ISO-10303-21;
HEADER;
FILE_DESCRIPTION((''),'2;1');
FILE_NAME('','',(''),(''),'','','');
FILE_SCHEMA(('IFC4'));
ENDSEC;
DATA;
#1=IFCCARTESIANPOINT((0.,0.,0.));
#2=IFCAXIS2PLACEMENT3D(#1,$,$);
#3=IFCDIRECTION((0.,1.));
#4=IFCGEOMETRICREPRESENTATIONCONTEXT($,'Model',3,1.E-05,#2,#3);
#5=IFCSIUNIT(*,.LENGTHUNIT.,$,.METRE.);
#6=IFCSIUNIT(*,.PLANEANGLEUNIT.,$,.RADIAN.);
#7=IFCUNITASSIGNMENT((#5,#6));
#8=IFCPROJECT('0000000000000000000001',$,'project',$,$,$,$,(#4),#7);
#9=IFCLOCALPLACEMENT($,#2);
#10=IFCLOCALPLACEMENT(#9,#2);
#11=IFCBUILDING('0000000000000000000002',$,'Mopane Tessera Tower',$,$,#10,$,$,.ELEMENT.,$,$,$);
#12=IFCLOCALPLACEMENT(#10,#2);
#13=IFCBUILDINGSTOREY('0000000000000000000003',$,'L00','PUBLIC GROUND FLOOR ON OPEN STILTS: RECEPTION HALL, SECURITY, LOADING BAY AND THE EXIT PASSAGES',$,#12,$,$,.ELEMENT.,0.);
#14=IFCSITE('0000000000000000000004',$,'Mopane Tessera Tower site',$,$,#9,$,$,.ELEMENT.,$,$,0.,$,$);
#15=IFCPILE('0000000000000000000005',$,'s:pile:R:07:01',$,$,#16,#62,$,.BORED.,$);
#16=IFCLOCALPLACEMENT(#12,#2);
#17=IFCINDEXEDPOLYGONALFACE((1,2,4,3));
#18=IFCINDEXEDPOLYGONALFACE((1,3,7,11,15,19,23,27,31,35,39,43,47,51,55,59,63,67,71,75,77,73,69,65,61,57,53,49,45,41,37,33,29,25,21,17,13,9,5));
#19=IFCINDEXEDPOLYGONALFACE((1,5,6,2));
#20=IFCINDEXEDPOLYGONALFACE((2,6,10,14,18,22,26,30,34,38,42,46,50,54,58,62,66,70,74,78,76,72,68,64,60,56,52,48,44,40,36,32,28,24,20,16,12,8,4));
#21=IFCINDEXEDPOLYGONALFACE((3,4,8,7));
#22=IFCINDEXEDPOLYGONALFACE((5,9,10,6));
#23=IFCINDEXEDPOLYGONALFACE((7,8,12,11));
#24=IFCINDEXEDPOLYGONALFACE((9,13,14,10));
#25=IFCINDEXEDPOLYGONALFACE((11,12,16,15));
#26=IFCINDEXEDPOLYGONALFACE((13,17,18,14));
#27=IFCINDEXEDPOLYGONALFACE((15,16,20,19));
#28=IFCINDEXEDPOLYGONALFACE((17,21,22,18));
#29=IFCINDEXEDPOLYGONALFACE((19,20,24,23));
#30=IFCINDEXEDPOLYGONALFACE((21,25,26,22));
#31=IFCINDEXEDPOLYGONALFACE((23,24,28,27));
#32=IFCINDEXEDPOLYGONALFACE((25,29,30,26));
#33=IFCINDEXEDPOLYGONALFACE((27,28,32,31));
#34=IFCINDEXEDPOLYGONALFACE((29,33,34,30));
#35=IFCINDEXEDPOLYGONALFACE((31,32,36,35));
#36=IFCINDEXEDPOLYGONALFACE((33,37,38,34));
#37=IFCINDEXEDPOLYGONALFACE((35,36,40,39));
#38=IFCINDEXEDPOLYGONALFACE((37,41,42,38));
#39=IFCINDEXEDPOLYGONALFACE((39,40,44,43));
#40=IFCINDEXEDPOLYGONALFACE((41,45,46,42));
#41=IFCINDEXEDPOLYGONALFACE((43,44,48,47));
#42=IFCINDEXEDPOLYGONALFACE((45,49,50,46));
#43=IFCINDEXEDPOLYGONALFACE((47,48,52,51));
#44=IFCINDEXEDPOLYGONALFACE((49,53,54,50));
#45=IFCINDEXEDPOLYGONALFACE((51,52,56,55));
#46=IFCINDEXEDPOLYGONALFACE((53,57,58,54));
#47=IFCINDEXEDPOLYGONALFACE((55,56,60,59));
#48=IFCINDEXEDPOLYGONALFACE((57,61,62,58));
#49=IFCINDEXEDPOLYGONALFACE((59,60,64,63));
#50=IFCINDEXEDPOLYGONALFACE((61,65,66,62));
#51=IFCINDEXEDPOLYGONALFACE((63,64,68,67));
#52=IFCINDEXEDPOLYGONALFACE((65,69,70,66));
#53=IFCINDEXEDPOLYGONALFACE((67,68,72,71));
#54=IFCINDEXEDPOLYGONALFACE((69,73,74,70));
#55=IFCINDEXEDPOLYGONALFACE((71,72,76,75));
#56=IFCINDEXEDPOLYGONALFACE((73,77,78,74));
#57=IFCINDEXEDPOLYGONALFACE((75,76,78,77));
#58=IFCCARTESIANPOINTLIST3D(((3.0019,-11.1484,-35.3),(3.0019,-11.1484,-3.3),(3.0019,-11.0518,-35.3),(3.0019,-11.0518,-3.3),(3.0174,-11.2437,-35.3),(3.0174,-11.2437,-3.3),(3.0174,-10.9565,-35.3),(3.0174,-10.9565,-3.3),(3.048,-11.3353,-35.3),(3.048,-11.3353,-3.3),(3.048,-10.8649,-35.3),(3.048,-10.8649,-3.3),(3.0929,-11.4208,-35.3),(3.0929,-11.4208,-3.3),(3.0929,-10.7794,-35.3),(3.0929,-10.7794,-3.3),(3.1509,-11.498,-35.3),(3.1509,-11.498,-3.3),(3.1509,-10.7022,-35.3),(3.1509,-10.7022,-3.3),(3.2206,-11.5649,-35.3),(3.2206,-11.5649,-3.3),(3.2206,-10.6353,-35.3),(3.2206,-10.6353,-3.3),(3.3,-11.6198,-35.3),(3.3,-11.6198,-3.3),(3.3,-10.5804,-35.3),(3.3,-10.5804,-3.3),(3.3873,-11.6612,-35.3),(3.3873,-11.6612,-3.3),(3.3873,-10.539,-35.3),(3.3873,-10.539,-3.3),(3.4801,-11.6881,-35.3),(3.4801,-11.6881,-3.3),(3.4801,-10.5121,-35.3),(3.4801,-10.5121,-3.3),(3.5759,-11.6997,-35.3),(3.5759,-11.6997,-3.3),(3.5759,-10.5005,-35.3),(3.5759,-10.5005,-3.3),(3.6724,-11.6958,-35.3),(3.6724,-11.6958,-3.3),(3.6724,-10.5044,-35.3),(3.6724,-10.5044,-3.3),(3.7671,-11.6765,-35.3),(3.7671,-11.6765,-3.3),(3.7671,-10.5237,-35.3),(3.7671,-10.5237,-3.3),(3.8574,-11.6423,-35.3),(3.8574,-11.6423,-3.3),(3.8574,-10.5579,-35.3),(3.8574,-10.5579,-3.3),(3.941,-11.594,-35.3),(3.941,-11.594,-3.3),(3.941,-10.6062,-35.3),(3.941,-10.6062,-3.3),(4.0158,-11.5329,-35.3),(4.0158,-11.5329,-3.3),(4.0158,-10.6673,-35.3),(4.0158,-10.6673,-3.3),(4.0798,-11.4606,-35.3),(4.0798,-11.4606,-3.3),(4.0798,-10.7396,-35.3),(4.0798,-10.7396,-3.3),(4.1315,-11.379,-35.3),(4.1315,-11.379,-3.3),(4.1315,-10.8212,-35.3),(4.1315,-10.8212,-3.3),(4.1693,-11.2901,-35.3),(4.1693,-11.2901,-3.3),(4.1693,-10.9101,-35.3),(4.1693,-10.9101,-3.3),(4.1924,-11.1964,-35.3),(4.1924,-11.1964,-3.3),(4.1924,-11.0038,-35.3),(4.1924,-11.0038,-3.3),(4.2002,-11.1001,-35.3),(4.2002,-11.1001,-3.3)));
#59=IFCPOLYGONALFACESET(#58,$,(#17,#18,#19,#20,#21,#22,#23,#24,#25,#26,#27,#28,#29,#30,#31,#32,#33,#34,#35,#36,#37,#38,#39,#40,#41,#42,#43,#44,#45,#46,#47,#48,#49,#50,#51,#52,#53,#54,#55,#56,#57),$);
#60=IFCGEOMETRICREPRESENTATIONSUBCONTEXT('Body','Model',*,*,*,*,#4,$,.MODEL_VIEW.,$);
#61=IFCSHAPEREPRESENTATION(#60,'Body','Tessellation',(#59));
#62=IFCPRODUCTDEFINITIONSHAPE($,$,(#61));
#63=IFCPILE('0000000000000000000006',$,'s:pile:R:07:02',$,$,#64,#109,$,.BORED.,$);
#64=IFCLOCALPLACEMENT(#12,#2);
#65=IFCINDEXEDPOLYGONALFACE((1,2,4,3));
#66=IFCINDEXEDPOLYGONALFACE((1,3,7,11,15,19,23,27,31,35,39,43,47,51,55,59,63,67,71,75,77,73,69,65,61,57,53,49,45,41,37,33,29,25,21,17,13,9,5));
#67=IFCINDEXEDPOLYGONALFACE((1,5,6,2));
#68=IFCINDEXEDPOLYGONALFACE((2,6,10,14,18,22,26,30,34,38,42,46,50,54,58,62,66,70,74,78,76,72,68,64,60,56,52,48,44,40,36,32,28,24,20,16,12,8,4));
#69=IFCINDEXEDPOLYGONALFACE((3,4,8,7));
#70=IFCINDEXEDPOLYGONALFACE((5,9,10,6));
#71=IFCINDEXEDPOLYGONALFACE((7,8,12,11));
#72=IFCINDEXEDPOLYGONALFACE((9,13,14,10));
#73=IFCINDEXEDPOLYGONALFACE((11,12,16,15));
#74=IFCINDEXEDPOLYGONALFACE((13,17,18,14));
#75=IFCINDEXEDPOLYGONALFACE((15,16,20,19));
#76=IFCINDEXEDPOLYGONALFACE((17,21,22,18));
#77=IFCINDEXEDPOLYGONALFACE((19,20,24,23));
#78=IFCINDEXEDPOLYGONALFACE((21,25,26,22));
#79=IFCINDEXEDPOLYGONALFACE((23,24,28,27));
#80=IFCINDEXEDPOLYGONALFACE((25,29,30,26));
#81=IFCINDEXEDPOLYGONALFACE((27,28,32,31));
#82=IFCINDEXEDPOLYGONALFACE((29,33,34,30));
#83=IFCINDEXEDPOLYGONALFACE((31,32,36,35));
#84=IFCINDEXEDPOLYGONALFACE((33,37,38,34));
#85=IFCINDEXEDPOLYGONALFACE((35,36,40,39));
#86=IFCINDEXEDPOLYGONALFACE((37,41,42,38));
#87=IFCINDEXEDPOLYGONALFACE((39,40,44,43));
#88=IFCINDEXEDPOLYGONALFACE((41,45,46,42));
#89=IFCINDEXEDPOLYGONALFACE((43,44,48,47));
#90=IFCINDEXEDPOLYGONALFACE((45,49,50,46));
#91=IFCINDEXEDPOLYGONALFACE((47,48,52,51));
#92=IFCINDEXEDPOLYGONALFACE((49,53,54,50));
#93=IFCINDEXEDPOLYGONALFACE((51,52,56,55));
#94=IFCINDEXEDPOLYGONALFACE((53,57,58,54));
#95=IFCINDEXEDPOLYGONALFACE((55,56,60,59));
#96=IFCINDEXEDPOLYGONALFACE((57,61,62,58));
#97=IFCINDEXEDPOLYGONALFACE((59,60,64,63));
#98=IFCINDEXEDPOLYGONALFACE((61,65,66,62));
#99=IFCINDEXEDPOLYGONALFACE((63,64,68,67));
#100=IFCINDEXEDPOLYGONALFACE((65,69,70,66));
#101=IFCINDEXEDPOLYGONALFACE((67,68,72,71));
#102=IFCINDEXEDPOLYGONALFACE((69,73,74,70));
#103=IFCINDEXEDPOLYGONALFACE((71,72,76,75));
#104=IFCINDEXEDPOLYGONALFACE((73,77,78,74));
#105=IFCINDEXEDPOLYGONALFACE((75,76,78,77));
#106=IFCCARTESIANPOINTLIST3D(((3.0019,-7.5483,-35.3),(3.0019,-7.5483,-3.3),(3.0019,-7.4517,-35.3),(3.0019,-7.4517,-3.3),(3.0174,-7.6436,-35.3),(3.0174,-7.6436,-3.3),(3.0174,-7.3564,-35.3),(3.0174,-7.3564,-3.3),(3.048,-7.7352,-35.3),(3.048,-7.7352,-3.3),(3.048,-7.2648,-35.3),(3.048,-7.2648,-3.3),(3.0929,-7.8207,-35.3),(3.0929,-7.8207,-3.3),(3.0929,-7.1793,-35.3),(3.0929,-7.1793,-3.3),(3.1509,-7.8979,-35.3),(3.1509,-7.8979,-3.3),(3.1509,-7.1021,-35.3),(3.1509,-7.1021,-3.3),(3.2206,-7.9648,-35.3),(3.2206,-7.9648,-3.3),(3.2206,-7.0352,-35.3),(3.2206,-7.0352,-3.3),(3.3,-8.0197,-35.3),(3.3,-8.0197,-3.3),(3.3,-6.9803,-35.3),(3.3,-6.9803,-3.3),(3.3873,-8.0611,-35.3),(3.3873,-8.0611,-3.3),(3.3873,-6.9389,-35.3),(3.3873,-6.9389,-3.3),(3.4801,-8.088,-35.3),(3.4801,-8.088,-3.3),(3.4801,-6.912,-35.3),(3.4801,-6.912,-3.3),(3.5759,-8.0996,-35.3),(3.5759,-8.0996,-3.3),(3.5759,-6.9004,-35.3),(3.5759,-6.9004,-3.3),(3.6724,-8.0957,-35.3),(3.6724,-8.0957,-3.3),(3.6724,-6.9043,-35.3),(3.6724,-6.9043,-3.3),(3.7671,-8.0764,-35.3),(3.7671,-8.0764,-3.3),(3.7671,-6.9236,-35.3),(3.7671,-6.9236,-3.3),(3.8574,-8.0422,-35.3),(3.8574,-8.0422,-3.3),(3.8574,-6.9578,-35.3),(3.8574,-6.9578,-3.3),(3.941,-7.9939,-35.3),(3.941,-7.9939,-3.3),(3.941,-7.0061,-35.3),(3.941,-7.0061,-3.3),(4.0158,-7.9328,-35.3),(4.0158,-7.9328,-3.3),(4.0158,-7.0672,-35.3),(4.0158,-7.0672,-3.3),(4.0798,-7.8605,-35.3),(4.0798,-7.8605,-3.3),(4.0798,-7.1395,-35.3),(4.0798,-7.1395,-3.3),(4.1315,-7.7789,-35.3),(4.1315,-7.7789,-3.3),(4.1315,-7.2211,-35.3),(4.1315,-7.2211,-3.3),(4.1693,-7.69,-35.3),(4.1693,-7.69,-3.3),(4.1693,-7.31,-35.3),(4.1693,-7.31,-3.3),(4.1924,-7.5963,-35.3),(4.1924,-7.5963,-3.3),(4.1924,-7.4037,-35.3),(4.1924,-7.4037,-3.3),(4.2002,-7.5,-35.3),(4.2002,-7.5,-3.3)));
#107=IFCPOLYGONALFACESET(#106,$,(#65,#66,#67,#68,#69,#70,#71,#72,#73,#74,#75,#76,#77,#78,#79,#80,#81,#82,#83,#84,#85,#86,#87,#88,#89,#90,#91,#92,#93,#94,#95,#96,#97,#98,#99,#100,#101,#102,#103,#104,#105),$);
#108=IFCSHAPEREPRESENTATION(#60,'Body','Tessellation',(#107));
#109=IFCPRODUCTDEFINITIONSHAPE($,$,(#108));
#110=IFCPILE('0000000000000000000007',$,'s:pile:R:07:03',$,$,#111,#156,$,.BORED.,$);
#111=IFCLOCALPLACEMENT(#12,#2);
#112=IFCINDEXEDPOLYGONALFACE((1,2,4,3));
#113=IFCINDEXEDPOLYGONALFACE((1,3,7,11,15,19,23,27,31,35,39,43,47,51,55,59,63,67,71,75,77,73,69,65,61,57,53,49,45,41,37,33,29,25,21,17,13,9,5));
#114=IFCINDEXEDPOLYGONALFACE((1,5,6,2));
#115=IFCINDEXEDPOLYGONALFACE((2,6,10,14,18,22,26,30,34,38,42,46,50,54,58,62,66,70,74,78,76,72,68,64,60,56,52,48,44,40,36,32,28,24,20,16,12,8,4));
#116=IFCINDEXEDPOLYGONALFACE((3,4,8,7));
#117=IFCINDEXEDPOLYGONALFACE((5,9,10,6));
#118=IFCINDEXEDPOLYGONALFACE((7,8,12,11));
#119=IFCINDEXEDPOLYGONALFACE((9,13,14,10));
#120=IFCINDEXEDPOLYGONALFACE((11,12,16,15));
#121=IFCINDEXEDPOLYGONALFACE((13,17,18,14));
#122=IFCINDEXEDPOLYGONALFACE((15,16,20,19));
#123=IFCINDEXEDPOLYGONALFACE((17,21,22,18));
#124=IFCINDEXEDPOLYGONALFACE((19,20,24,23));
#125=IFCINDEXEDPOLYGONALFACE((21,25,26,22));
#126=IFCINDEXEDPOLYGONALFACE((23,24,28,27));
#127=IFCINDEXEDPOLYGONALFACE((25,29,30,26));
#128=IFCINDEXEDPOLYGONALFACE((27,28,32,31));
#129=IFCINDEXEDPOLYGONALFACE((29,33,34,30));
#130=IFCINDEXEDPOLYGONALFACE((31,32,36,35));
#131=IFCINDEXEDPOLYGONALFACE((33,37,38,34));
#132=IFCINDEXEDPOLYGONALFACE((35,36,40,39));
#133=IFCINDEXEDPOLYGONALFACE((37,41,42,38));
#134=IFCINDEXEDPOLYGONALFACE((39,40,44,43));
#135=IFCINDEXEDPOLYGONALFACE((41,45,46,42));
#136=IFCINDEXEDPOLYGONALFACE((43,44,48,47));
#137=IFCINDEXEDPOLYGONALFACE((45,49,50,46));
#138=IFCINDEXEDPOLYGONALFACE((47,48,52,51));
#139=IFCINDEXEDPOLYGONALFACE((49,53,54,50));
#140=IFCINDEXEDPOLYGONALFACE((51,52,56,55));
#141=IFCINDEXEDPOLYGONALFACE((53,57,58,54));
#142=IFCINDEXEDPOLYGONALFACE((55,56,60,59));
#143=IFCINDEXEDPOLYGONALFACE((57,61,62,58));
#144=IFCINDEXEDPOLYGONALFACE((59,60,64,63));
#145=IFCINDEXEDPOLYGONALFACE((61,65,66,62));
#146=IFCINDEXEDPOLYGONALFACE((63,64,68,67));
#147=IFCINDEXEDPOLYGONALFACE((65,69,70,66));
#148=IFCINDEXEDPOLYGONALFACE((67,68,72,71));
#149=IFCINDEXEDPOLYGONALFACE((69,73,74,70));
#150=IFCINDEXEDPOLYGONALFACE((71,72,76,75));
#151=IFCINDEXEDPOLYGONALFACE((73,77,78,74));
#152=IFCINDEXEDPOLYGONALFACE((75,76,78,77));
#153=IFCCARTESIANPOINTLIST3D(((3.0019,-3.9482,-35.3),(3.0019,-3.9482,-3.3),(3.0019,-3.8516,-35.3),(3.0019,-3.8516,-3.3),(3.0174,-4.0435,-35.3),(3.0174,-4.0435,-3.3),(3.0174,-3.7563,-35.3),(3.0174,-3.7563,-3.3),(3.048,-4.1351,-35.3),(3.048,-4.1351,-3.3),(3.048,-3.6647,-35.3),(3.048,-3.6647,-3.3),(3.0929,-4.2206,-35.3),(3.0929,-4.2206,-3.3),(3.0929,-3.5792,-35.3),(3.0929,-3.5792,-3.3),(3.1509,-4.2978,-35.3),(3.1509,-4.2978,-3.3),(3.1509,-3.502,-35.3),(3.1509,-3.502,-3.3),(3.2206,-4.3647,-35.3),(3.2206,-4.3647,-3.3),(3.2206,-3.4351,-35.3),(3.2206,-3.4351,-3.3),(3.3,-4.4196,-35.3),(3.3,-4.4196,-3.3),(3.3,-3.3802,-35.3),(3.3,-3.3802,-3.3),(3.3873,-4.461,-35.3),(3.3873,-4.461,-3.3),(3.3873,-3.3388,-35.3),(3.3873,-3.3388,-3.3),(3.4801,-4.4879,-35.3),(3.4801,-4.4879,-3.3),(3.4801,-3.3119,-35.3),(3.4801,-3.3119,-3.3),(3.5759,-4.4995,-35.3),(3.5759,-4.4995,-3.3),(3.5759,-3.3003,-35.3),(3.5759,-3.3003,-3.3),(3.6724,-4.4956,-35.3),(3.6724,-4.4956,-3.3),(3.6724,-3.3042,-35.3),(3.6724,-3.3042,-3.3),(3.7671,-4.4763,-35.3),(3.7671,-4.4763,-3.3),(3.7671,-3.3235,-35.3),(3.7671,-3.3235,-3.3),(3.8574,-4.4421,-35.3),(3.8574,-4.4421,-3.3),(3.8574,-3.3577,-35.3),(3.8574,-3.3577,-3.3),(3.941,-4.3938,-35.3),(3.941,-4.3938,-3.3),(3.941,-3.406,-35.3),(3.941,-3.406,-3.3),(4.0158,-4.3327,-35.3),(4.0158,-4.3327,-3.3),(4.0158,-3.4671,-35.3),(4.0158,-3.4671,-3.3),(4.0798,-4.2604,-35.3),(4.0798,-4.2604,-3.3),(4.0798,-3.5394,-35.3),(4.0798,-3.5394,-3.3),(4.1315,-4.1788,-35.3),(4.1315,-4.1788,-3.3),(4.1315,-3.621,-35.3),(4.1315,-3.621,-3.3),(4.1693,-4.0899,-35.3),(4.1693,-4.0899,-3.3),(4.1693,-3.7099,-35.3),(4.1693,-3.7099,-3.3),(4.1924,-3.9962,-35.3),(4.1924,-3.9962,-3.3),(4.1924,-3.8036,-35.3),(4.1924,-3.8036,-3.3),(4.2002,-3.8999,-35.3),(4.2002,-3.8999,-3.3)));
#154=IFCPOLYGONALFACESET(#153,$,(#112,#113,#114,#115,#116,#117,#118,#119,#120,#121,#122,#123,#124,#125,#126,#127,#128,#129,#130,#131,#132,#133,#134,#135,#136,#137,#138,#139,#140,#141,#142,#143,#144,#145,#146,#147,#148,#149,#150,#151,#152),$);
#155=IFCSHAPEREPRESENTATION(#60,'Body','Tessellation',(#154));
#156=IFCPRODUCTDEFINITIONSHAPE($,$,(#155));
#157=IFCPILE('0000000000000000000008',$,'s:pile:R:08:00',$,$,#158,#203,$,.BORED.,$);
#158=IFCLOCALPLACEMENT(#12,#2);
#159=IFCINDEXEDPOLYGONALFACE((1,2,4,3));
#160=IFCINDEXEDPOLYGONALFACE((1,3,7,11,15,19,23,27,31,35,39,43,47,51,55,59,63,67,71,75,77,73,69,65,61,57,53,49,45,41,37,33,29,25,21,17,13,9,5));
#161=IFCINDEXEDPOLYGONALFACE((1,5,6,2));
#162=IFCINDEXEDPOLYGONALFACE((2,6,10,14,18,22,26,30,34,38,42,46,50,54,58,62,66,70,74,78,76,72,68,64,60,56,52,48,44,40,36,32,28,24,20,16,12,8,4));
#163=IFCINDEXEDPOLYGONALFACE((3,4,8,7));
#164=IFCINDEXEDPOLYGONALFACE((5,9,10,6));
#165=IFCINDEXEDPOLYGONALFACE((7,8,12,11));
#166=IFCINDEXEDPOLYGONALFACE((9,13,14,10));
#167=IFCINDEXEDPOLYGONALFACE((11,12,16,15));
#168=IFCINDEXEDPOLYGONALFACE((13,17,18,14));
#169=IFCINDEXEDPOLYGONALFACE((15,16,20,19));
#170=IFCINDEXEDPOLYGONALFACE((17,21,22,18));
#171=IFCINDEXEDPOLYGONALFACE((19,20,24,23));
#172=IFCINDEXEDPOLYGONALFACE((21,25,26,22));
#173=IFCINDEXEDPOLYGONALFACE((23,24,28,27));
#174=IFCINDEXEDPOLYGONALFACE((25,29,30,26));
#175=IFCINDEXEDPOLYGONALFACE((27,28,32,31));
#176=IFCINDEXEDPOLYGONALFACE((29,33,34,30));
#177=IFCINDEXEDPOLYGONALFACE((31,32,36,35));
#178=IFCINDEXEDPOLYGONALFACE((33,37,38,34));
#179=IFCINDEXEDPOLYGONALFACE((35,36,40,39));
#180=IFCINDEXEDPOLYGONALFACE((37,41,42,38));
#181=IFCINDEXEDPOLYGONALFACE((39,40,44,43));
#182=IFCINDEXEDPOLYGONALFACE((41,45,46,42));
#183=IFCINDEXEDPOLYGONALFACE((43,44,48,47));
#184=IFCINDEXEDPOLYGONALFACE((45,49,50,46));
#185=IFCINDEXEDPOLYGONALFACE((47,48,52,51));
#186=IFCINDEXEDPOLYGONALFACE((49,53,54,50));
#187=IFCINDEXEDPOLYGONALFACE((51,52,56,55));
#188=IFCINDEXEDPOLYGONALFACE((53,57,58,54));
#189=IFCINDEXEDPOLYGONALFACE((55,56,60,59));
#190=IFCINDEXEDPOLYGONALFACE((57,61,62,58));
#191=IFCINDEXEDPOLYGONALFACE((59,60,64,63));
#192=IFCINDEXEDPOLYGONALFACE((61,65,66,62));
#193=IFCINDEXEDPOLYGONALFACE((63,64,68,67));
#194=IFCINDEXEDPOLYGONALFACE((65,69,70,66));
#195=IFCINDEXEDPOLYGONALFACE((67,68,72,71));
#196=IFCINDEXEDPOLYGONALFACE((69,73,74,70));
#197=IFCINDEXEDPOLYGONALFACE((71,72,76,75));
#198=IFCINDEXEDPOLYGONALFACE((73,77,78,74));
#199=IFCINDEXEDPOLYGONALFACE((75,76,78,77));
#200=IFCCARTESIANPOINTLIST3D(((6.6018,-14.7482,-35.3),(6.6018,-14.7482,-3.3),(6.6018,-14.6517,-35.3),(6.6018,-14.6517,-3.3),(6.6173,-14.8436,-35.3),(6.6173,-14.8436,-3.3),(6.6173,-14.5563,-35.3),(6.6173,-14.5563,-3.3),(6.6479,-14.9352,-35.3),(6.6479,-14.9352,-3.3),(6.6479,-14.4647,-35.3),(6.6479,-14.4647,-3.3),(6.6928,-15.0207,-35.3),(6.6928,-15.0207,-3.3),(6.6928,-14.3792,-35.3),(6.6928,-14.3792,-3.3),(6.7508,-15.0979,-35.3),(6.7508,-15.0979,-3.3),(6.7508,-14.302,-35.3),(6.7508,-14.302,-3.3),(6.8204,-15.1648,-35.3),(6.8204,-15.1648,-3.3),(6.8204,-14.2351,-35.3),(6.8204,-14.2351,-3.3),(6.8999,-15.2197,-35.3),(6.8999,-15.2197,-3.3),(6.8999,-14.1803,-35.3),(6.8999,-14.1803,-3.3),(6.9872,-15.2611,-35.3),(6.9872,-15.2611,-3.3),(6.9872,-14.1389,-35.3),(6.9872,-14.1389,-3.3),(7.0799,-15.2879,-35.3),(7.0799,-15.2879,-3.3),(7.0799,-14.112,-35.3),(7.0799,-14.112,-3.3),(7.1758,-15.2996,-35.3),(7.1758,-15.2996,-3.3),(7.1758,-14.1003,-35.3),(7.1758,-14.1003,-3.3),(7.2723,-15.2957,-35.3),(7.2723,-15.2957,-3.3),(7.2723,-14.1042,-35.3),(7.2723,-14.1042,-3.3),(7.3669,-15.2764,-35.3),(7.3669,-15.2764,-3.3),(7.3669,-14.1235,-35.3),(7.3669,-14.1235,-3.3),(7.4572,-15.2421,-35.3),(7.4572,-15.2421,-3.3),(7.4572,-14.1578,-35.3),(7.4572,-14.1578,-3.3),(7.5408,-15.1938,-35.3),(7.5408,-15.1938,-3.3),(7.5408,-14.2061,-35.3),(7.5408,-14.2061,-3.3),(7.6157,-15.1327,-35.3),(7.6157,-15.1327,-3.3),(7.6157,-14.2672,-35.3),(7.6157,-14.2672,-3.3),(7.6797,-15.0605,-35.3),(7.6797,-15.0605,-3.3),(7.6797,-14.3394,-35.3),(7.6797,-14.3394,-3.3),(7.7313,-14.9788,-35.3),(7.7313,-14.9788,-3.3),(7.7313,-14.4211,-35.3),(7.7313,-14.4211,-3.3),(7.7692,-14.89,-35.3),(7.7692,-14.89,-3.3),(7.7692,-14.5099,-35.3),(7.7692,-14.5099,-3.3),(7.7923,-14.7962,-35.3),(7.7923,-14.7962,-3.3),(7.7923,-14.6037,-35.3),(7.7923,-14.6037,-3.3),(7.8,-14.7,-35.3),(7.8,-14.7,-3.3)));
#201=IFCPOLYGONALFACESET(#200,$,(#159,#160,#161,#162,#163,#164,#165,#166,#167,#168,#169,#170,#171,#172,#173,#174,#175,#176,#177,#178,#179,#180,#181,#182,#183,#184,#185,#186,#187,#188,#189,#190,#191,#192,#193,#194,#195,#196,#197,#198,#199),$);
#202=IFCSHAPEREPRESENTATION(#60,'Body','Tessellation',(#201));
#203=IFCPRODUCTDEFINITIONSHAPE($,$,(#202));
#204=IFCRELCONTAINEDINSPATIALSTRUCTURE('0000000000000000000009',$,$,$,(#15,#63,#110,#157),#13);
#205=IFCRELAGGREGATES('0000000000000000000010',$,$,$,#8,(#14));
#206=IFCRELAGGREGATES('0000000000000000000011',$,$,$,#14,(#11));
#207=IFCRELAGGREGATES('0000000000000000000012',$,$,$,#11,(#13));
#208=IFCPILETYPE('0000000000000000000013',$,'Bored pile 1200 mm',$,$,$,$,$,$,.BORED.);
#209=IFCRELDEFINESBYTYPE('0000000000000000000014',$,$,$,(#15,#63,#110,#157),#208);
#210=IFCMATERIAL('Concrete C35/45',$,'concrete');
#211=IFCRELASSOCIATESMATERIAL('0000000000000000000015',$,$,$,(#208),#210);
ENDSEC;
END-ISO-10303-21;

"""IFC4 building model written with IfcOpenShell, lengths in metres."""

from ifc_helpers import new_model, si_unit, direction, frame, origin, origin_2d, place, context, subcontext, project, spatial, circle, extrude, material, material_profile, profile_set, type_object, element, save


model = new_model("IFC4")

# Units and contexts
model_context = context("Model", 3, precision=1e-05, world=origin(), true_north=direction((0.0, 1.0)))
body_context = subcontext(model_context, "Body", "Model", "MODEL_VIEW")
ifc_project = project(units=[si_unit("LENGTHUNIT", "METRE"), si_unit("PLANEANGLEUNIT", "RADIAN")], contexts=[model_context])

# Site, building, storey
site_placement = place(None, origin())
site = spatial("IfcSite", under=ifc_project, at=site_placement, Name="Mopane Tessera Tower site", CompositionType="ELEMENT", RefElevation=0.0)
building_placement = place(site_placement, origin())
building = spatial("IfcBuilding", under=site, at=building_placement, Name="Mopane Tessera Tower", CompositionType="ELEMENT")
storey_placement = place(building_placement, origin())
storey = spatial("IfcBuildingStorey", under=building, at=storey_placement, Name="L00", Description="PUBLIC GROUND FLOOR ON OPEN STILTS: RECEPTION HALL, SECURITY, LOADING BAY AND THE EXIT PASSAGES", CompositionType="ELEMENT", Elevation=0.0)

# Piles
ifc_material_1 = material(Name="Concrete C35/45", Category="concrete")
ifc_material_profile_1 = material_profile(ifc_material_1, circle(Radius=0.6001, at=origin_2d()))
ifc_profile_set_1 = profile_set([ifc_material_profile_1], Name="Concrete C35/45")
pile_type_1 = type_object("IfcPileType", Name="Bored pile 1200 mm", PredefinedType="BORED", material=ifc_profile_set_1)
for number, where, z_axis, x_axis, name in (
    (1, (3.6001, -11.1001, -3.3), (0.0, 0.0, -1.0), (1.0, 0.0, 0.0), "s:pile:R:07:01"),
    (2, (3.6001, -7.5, -3.3), (0.0, 0.0, -1.0), (1.0, 0.0, 0.0), "s:pile:R:07:02"),
    (3, (3.6001, -3.8999, -3.3), (0.0, 0.0, -1.0), (1.0, 0.0, 0.0), "s:pile:R:07:03"),
    (4, (7.2, -14.7, -3.3), (0.0, 0.0, -1.0), (1.0, 0.0, 0.0), "s:pile:R:08:00"),
):
    element("IfcPile", number, at=place(storey_placement, frame(where, z_axis=z_axis, x_axis=x_axis)), inside=storey, type_object=pile_type_1, Name=name, PredefinedType="BORED", context=body_context, shape_type="SweptSolid", body=[
        extrude(circle(Radius=0.6001, at=origin_2d()), origin(), (0.0, 0.0, 1.0), 32.0),
    ])

save(model, "model.ifc")
